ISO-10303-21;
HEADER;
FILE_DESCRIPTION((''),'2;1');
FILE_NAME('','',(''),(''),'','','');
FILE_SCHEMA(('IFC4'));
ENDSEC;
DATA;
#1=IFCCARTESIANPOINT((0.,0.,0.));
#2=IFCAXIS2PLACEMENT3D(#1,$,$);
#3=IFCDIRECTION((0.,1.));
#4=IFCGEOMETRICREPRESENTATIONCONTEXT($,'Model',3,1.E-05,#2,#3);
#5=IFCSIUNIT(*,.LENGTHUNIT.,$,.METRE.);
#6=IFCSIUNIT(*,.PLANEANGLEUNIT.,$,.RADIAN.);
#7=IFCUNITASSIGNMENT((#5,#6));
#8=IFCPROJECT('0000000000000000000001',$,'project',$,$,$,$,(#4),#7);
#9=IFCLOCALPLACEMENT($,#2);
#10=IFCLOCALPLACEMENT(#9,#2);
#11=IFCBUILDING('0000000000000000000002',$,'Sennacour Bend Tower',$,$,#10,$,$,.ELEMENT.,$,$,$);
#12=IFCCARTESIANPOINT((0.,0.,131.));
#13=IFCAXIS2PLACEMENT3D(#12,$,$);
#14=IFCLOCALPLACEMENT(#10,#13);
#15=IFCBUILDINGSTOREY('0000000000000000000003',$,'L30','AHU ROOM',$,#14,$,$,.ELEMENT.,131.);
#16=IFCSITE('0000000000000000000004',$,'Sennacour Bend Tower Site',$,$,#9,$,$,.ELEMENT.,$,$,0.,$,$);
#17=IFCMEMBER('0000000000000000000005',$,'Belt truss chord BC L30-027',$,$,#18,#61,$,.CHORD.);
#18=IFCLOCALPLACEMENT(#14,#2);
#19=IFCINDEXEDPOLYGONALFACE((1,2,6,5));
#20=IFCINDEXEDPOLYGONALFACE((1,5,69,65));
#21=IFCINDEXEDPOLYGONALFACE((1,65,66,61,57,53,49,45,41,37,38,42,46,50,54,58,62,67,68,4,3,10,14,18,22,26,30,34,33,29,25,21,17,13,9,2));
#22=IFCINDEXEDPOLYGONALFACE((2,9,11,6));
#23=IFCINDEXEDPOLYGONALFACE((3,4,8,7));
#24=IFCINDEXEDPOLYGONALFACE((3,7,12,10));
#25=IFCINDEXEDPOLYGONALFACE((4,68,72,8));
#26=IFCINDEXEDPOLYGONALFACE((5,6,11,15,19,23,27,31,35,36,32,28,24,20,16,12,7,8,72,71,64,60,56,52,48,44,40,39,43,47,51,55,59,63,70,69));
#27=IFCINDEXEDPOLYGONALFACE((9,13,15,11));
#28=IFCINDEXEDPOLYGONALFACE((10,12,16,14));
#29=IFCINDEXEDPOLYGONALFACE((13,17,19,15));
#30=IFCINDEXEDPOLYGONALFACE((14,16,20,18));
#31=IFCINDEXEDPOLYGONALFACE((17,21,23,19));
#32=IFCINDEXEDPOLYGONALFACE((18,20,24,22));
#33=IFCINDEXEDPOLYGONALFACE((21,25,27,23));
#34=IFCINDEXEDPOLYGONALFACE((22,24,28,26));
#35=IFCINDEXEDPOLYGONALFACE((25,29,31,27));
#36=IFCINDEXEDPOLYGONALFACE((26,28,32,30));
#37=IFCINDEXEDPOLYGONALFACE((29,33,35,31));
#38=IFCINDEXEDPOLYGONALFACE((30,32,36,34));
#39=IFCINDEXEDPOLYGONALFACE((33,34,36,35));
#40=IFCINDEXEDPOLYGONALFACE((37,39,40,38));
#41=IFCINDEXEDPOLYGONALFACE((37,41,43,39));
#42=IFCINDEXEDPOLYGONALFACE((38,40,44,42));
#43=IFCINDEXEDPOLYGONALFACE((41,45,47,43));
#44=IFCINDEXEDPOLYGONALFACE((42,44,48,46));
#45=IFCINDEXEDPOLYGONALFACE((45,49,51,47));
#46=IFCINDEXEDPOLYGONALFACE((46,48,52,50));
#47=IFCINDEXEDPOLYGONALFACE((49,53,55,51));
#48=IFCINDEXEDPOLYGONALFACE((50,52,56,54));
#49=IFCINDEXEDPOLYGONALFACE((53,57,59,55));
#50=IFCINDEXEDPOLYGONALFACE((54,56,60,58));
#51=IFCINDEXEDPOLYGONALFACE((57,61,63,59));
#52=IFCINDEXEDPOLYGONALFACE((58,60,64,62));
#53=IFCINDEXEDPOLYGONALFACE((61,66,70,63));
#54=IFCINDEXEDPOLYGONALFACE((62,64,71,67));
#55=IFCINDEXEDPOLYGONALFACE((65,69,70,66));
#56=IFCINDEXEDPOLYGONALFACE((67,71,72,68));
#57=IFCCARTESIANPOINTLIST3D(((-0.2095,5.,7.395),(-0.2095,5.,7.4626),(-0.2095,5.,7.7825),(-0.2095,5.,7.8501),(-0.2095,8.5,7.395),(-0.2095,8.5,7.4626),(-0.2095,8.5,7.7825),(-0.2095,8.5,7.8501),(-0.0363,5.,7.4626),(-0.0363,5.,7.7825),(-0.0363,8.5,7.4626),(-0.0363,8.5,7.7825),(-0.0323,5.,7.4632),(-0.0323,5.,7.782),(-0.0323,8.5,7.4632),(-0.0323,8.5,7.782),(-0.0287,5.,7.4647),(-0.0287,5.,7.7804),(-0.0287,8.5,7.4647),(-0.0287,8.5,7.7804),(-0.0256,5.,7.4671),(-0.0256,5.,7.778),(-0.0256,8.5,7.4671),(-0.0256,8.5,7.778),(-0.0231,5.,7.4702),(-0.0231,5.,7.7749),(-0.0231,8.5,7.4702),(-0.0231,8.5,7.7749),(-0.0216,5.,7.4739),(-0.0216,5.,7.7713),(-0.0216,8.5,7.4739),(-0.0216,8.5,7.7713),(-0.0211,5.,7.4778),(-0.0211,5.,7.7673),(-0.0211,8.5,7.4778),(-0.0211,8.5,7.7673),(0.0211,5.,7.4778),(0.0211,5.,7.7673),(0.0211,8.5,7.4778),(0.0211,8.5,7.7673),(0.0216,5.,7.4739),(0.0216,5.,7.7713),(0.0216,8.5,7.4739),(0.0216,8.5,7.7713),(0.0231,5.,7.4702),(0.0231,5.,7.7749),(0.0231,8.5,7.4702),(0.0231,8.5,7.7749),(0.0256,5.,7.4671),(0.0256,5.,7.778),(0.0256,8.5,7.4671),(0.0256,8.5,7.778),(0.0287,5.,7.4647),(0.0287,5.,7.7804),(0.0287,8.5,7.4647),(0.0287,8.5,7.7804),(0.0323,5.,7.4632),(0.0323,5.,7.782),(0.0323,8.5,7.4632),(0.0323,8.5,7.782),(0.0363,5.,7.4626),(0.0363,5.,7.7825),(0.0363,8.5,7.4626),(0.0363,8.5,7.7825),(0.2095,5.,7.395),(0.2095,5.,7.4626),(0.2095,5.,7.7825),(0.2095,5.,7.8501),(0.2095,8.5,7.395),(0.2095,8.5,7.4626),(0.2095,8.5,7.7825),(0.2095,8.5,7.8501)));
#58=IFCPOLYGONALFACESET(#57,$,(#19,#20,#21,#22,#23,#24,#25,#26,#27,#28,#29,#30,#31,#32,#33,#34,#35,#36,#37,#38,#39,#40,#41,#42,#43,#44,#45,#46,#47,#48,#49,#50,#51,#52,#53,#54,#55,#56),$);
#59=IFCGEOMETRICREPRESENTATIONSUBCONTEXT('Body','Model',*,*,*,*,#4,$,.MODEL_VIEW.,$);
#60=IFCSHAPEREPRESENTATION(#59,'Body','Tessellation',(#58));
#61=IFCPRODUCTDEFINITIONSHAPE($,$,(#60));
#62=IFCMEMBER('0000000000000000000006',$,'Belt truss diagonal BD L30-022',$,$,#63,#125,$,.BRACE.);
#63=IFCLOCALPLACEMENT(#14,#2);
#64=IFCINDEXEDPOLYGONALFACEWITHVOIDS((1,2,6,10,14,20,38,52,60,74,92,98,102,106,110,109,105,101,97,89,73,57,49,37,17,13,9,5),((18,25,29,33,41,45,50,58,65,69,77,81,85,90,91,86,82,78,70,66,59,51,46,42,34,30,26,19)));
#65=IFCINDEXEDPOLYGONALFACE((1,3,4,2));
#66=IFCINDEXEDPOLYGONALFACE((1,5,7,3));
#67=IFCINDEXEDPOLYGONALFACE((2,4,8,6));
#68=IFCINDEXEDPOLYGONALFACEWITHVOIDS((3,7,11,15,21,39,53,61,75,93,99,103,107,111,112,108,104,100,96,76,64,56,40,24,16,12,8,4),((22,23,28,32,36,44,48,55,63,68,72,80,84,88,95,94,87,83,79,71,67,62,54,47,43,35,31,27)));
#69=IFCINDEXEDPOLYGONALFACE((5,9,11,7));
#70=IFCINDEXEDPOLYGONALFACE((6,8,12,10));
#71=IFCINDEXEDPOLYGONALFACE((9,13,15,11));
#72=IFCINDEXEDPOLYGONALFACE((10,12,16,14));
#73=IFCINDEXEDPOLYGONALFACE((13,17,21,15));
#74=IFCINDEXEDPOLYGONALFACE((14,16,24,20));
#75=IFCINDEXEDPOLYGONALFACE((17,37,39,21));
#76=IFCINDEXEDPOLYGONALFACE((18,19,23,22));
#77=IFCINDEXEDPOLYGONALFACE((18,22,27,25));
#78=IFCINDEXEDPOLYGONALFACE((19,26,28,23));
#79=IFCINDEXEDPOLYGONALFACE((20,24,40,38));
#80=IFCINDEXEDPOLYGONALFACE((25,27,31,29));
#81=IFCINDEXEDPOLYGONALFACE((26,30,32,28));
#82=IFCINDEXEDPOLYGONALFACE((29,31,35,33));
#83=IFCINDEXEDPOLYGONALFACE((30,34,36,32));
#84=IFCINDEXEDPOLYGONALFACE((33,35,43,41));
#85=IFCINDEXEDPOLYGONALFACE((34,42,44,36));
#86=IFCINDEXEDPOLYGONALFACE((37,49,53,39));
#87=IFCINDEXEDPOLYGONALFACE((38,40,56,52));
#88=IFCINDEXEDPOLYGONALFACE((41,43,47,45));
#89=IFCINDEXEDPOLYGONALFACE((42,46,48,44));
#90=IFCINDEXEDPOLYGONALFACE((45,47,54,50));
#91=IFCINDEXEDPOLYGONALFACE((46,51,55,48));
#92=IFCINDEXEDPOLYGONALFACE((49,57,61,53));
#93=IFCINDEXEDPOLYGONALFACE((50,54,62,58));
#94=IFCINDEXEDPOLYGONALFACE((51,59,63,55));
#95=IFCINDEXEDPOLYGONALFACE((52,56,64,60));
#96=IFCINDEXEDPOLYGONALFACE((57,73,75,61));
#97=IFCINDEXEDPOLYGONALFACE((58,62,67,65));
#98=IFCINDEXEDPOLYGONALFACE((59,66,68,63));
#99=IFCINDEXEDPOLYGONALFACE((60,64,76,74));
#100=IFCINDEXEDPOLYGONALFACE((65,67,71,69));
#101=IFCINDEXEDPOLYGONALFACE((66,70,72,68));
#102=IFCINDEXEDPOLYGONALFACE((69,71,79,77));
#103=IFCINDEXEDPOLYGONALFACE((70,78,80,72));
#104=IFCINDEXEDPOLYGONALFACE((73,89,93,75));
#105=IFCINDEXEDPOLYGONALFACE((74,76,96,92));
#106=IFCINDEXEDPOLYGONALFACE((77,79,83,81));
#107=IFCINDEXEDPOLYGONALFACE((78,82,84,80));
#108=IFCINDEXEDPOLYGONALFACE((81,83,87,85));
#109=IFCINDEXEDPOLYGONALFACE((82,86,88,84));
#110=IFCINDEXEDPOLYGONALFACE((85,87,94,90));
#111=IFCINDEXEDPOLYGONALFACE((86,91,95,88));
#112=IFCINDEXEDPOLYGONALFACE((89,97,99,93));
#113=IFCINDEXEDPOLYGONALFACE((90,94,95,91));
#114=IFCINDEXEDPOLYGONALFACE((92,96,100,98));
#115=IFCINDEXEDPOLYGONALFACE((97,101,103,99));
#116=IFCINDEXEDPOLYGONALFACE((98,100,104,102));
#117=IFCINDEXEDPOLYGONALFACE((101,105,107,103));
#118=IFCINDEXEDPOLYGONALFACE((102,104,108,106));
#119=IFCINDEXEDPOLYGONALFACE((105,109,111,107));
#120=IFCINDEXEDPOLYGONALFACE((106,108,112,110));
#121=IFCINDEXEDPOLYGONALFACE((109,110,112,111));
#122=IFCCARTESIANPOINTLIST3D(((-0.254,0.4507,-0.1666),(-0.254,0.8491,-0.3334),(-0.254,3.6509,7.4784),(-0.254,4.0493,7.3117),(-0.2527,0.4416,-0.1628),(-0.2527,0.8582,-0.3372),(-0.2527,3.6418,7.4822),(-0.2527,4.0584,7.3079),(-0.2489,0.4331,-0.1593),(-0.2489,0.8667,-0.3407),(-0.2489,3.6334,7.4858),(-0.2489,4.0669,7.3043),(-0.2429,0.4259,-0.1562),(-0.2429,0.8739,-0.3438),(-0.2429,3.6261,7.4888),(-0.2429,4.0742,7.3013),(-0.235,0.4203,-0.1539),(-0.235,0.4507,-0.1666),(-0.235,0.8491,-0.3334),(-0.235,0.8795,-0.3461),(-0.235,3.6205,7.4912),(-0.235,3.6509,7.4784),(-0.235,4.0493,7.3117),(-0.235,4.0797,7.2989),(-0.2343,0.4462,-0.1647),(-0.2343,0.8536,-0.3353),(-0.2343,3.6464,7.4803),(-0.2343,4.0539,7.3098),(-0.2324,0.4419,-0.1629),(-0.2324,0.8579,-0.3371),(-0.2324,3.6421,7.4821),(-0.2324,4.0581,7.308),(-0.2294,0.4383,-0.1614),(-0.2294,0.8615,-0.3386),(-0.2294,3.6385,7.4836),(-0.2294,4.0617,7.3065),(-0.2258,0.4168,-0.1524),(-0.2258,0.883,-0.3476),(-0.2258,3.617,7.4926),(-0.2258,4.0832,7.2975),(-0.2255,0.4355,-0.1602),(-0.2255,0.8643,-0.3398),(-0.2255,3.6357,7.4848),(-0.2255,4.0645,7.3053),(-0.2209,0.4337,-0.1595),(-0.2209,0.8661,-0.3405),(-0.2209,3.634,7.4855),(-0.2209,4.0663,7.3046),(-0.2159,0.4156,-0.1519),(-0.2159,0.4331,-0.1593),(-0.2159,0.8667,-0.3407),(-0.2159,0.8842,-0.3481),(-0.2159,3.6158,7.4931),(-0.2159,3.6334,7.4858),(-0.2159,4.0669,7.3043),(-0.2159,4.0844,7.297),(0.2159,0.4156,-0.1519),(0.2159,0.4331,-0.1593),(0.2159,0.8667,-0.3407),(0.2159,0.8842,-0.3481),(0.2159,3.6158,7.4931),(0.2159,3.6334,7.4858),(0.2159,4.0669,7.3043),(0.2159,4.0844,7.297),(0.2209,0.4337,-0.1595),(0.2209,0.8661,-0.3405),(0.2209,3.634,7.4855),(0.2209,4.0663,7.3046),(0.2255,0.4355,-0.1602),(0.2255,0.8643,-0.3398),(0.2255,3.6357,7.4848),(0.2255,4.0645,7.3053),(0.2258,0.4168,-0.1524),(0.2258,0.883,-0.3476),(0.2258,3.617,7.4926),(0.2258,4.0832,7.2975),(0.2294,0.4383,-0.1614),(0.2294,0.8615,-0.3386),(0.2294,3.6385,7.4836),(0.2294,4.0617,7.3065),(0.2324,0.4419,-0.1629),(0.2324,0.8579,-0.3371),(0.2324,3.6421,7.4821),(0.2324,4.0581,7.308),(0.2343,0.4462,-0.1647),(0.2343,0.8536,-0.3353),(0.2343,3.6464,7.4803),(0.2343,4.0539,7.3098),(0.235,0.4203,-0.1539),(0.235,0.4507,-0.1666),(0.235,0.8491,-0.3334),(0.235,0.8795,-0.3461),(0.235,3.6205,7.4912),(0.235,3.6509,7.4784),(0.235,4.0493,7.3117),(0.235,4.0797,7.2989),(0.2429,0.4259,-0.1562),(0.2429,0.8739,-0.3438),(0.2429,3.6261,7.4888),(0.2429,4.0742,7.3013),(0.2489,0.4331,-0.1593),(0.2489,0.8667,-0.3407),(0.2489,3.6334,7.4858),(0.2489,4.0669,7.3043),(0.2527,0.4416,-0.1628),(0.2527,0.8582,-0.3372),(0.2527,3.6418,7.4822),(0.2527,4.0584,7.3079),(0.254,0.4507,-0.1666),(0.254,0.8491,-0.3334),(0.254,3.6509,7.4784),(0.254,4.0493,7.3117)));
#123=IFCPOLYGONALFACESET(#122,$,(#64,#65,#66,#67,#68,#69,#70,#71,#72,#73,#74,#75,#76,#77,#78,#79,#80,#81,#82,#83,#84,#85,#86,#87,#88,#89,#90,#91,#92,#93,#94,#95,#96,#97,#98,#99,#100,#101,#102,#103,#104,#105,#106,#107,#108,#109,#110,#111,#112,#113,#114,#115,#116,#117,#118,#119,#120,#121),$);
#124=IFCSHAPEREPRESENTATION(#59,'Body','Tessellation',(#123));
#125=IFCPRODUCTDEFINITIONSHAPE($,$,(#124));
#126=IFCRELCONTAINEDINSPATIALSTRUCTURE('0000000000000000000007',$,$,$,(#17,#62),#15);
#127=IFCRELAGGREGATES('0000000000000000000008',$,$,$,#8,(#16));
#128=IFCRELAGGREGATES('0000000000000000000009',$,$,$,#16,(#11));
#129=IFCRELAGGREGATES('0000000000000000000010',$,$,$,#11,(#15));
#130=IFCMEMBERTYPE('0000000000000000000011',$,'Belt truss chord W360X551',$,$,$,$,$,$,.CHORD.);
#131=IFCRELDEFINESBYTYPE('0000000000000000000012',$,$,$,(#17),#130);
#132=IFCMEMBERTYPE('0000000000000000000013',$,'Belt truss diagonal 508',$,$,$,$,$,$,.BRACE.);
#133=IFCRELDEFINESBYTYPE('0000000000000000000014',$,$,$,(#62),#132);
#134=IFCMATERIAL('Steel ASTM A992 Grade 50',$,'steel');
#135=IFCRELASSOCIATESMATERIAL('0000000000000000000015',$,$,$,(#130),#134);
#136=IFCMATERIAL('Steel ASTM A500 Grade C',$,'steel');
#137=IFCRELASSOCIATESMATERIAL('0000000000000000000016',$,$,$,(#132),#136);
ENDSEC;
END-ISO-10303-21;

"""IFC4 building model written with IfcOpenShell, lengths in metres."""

from ifc_helpers import new_model, si_unit, direction, frame, origin, origin_2d, place, context, subcontext, project, spatial, hollow_rectangle, i_section, extrude, material, material_profile, profile_set, type_object, element, save


model = new_model("IFC4")

# Units and contexts
model_context = context("Model", 3, precision=1e-05, world=origin(), true_north=direction((0.0, 1.0)))
body_context = subcontext(model_context, "Body", "Model", "MODEL_VIEW")
ifc_project = project(units=[si_unit("LENGTHUNIT", "METRE"), si_unit("PLANEANGLEUNIT", "RADIAN")], contexts=[model_context])

# Site, building, storey
site_placement = place(None, origin())
site = spatial("IfcSite", under=ifc_project, at=site_placement, Name="Sennacour Bend Tower Site", CompositionType="ELEMENT", RefElevation=0.0)
building_placement = place(site_placement, origin())
building = spatial("IfcBuilding", under=site, at=building_placement, Name="Sennacour Bend Tower", CompositionType="ELEMENT")
storey_placement = place(building_placement, frame((0.0, 0.0, 131.0)))
storey = spatial("IfcBuildingStorey", under=building, at=storey_placement, Name="L30", Description="AHU ROOM", CompositionType="ELEMENT", Elevation=131.0)

# Members
ifc_material_1 = material(Name="Steel ASTM A992 Grade 50", Category="steel")
ifc_material_profile_1 = material_profile(ifc_material_1, i_section(OverallWidth=0.4189, OverallDepth=0.4551, WebThickness=0.0422, FlangeThickness=0.0676, FilletRadius=0.0151, at=origin_2d()), Name="Steel ASTM A992 Grade 50", Category="steel")
ifc_profile_set_1 = profile_set([ifc_material_profile_1], Name="Steel ASTM A992 Grade 50")
member_type_1 = type_object("IfcMemberType", Name="Belt truss chord W360X551", PredefinedType="CHORD", material=ifc_profile_set_1)
for number, where, z_axis, x_axis, name in (
    (1, (0.0, 5.0, 7.6226), (0.0, 1.0, 0.0), (-1.0, 0.0, 0.0), "Belt truss chord BC L30-027"),
):
    element("IfcMember", number, at=place(storey_placement, frame(where, z_axis=z_axis, x_axis=x_axis)), inside=storey, type_object=member_type_1, Name=name, PredefinedType="CHORD", context=body_context, shape_type="SweptSolid", body=[
        extrude(i_section(OverallWidth=0.4189, OverallDepth=0.4551, WebThickness=0.0422, FlangeThickness=0.0676, FilletRadius=0.0151, at=origin_2d()), origin(), (0.0, 0.0, 1.0), 3.5),
    ])
ifc_material_2 = material(Name="Steel ASTM A500 Grade C", Category="steel")
ifc_material_profile_2 = material_profile(ifc_material_2, hollow_rectangle(XDim=0.5081, YDim=0.5081, WallThickness=0.019, InnerFilletRadius=0.019, OuterFilletRadius=0.0381, at=origin_2d()), Name="Steel ASTM A500 Grade C", Category="steel")
ifc_profile_set_2 = profile_set([ifc_material_profile_2], Name="Steel ASTM A500 Grade C")
member_type_2 = type_object("IfcMemberType", Name="Belt truss diagonal 508", PredefinedType="BRACE", material=ifc_profile_set_2)
member_placement = place(storey_placement, frame((0.0, 0.6499, -0.25), z_axis=(0.0, 0.386133, 0.922443), x_axis=(-1.0, 0.0, 0.0)))
element("IfcMember", 2, at=member_placement, inside=storey, type_object=member_type_2, Name="Belt truss diagonal BD L30-022", PredefinedType="BRACE", context=body_context, shape_type="SweptSolid", body=[
    extrude(hollow_rectangle(XDim=0.5081, YDim=0.5081, WallThickness=0.019, InnerFilletRadius=0.019, OuterFilletRadius=0.0381, at=origin_2d()), origin(), (0.0, 0.0, 1.0), 8.2878),
])

save(model, "model.ifc")
